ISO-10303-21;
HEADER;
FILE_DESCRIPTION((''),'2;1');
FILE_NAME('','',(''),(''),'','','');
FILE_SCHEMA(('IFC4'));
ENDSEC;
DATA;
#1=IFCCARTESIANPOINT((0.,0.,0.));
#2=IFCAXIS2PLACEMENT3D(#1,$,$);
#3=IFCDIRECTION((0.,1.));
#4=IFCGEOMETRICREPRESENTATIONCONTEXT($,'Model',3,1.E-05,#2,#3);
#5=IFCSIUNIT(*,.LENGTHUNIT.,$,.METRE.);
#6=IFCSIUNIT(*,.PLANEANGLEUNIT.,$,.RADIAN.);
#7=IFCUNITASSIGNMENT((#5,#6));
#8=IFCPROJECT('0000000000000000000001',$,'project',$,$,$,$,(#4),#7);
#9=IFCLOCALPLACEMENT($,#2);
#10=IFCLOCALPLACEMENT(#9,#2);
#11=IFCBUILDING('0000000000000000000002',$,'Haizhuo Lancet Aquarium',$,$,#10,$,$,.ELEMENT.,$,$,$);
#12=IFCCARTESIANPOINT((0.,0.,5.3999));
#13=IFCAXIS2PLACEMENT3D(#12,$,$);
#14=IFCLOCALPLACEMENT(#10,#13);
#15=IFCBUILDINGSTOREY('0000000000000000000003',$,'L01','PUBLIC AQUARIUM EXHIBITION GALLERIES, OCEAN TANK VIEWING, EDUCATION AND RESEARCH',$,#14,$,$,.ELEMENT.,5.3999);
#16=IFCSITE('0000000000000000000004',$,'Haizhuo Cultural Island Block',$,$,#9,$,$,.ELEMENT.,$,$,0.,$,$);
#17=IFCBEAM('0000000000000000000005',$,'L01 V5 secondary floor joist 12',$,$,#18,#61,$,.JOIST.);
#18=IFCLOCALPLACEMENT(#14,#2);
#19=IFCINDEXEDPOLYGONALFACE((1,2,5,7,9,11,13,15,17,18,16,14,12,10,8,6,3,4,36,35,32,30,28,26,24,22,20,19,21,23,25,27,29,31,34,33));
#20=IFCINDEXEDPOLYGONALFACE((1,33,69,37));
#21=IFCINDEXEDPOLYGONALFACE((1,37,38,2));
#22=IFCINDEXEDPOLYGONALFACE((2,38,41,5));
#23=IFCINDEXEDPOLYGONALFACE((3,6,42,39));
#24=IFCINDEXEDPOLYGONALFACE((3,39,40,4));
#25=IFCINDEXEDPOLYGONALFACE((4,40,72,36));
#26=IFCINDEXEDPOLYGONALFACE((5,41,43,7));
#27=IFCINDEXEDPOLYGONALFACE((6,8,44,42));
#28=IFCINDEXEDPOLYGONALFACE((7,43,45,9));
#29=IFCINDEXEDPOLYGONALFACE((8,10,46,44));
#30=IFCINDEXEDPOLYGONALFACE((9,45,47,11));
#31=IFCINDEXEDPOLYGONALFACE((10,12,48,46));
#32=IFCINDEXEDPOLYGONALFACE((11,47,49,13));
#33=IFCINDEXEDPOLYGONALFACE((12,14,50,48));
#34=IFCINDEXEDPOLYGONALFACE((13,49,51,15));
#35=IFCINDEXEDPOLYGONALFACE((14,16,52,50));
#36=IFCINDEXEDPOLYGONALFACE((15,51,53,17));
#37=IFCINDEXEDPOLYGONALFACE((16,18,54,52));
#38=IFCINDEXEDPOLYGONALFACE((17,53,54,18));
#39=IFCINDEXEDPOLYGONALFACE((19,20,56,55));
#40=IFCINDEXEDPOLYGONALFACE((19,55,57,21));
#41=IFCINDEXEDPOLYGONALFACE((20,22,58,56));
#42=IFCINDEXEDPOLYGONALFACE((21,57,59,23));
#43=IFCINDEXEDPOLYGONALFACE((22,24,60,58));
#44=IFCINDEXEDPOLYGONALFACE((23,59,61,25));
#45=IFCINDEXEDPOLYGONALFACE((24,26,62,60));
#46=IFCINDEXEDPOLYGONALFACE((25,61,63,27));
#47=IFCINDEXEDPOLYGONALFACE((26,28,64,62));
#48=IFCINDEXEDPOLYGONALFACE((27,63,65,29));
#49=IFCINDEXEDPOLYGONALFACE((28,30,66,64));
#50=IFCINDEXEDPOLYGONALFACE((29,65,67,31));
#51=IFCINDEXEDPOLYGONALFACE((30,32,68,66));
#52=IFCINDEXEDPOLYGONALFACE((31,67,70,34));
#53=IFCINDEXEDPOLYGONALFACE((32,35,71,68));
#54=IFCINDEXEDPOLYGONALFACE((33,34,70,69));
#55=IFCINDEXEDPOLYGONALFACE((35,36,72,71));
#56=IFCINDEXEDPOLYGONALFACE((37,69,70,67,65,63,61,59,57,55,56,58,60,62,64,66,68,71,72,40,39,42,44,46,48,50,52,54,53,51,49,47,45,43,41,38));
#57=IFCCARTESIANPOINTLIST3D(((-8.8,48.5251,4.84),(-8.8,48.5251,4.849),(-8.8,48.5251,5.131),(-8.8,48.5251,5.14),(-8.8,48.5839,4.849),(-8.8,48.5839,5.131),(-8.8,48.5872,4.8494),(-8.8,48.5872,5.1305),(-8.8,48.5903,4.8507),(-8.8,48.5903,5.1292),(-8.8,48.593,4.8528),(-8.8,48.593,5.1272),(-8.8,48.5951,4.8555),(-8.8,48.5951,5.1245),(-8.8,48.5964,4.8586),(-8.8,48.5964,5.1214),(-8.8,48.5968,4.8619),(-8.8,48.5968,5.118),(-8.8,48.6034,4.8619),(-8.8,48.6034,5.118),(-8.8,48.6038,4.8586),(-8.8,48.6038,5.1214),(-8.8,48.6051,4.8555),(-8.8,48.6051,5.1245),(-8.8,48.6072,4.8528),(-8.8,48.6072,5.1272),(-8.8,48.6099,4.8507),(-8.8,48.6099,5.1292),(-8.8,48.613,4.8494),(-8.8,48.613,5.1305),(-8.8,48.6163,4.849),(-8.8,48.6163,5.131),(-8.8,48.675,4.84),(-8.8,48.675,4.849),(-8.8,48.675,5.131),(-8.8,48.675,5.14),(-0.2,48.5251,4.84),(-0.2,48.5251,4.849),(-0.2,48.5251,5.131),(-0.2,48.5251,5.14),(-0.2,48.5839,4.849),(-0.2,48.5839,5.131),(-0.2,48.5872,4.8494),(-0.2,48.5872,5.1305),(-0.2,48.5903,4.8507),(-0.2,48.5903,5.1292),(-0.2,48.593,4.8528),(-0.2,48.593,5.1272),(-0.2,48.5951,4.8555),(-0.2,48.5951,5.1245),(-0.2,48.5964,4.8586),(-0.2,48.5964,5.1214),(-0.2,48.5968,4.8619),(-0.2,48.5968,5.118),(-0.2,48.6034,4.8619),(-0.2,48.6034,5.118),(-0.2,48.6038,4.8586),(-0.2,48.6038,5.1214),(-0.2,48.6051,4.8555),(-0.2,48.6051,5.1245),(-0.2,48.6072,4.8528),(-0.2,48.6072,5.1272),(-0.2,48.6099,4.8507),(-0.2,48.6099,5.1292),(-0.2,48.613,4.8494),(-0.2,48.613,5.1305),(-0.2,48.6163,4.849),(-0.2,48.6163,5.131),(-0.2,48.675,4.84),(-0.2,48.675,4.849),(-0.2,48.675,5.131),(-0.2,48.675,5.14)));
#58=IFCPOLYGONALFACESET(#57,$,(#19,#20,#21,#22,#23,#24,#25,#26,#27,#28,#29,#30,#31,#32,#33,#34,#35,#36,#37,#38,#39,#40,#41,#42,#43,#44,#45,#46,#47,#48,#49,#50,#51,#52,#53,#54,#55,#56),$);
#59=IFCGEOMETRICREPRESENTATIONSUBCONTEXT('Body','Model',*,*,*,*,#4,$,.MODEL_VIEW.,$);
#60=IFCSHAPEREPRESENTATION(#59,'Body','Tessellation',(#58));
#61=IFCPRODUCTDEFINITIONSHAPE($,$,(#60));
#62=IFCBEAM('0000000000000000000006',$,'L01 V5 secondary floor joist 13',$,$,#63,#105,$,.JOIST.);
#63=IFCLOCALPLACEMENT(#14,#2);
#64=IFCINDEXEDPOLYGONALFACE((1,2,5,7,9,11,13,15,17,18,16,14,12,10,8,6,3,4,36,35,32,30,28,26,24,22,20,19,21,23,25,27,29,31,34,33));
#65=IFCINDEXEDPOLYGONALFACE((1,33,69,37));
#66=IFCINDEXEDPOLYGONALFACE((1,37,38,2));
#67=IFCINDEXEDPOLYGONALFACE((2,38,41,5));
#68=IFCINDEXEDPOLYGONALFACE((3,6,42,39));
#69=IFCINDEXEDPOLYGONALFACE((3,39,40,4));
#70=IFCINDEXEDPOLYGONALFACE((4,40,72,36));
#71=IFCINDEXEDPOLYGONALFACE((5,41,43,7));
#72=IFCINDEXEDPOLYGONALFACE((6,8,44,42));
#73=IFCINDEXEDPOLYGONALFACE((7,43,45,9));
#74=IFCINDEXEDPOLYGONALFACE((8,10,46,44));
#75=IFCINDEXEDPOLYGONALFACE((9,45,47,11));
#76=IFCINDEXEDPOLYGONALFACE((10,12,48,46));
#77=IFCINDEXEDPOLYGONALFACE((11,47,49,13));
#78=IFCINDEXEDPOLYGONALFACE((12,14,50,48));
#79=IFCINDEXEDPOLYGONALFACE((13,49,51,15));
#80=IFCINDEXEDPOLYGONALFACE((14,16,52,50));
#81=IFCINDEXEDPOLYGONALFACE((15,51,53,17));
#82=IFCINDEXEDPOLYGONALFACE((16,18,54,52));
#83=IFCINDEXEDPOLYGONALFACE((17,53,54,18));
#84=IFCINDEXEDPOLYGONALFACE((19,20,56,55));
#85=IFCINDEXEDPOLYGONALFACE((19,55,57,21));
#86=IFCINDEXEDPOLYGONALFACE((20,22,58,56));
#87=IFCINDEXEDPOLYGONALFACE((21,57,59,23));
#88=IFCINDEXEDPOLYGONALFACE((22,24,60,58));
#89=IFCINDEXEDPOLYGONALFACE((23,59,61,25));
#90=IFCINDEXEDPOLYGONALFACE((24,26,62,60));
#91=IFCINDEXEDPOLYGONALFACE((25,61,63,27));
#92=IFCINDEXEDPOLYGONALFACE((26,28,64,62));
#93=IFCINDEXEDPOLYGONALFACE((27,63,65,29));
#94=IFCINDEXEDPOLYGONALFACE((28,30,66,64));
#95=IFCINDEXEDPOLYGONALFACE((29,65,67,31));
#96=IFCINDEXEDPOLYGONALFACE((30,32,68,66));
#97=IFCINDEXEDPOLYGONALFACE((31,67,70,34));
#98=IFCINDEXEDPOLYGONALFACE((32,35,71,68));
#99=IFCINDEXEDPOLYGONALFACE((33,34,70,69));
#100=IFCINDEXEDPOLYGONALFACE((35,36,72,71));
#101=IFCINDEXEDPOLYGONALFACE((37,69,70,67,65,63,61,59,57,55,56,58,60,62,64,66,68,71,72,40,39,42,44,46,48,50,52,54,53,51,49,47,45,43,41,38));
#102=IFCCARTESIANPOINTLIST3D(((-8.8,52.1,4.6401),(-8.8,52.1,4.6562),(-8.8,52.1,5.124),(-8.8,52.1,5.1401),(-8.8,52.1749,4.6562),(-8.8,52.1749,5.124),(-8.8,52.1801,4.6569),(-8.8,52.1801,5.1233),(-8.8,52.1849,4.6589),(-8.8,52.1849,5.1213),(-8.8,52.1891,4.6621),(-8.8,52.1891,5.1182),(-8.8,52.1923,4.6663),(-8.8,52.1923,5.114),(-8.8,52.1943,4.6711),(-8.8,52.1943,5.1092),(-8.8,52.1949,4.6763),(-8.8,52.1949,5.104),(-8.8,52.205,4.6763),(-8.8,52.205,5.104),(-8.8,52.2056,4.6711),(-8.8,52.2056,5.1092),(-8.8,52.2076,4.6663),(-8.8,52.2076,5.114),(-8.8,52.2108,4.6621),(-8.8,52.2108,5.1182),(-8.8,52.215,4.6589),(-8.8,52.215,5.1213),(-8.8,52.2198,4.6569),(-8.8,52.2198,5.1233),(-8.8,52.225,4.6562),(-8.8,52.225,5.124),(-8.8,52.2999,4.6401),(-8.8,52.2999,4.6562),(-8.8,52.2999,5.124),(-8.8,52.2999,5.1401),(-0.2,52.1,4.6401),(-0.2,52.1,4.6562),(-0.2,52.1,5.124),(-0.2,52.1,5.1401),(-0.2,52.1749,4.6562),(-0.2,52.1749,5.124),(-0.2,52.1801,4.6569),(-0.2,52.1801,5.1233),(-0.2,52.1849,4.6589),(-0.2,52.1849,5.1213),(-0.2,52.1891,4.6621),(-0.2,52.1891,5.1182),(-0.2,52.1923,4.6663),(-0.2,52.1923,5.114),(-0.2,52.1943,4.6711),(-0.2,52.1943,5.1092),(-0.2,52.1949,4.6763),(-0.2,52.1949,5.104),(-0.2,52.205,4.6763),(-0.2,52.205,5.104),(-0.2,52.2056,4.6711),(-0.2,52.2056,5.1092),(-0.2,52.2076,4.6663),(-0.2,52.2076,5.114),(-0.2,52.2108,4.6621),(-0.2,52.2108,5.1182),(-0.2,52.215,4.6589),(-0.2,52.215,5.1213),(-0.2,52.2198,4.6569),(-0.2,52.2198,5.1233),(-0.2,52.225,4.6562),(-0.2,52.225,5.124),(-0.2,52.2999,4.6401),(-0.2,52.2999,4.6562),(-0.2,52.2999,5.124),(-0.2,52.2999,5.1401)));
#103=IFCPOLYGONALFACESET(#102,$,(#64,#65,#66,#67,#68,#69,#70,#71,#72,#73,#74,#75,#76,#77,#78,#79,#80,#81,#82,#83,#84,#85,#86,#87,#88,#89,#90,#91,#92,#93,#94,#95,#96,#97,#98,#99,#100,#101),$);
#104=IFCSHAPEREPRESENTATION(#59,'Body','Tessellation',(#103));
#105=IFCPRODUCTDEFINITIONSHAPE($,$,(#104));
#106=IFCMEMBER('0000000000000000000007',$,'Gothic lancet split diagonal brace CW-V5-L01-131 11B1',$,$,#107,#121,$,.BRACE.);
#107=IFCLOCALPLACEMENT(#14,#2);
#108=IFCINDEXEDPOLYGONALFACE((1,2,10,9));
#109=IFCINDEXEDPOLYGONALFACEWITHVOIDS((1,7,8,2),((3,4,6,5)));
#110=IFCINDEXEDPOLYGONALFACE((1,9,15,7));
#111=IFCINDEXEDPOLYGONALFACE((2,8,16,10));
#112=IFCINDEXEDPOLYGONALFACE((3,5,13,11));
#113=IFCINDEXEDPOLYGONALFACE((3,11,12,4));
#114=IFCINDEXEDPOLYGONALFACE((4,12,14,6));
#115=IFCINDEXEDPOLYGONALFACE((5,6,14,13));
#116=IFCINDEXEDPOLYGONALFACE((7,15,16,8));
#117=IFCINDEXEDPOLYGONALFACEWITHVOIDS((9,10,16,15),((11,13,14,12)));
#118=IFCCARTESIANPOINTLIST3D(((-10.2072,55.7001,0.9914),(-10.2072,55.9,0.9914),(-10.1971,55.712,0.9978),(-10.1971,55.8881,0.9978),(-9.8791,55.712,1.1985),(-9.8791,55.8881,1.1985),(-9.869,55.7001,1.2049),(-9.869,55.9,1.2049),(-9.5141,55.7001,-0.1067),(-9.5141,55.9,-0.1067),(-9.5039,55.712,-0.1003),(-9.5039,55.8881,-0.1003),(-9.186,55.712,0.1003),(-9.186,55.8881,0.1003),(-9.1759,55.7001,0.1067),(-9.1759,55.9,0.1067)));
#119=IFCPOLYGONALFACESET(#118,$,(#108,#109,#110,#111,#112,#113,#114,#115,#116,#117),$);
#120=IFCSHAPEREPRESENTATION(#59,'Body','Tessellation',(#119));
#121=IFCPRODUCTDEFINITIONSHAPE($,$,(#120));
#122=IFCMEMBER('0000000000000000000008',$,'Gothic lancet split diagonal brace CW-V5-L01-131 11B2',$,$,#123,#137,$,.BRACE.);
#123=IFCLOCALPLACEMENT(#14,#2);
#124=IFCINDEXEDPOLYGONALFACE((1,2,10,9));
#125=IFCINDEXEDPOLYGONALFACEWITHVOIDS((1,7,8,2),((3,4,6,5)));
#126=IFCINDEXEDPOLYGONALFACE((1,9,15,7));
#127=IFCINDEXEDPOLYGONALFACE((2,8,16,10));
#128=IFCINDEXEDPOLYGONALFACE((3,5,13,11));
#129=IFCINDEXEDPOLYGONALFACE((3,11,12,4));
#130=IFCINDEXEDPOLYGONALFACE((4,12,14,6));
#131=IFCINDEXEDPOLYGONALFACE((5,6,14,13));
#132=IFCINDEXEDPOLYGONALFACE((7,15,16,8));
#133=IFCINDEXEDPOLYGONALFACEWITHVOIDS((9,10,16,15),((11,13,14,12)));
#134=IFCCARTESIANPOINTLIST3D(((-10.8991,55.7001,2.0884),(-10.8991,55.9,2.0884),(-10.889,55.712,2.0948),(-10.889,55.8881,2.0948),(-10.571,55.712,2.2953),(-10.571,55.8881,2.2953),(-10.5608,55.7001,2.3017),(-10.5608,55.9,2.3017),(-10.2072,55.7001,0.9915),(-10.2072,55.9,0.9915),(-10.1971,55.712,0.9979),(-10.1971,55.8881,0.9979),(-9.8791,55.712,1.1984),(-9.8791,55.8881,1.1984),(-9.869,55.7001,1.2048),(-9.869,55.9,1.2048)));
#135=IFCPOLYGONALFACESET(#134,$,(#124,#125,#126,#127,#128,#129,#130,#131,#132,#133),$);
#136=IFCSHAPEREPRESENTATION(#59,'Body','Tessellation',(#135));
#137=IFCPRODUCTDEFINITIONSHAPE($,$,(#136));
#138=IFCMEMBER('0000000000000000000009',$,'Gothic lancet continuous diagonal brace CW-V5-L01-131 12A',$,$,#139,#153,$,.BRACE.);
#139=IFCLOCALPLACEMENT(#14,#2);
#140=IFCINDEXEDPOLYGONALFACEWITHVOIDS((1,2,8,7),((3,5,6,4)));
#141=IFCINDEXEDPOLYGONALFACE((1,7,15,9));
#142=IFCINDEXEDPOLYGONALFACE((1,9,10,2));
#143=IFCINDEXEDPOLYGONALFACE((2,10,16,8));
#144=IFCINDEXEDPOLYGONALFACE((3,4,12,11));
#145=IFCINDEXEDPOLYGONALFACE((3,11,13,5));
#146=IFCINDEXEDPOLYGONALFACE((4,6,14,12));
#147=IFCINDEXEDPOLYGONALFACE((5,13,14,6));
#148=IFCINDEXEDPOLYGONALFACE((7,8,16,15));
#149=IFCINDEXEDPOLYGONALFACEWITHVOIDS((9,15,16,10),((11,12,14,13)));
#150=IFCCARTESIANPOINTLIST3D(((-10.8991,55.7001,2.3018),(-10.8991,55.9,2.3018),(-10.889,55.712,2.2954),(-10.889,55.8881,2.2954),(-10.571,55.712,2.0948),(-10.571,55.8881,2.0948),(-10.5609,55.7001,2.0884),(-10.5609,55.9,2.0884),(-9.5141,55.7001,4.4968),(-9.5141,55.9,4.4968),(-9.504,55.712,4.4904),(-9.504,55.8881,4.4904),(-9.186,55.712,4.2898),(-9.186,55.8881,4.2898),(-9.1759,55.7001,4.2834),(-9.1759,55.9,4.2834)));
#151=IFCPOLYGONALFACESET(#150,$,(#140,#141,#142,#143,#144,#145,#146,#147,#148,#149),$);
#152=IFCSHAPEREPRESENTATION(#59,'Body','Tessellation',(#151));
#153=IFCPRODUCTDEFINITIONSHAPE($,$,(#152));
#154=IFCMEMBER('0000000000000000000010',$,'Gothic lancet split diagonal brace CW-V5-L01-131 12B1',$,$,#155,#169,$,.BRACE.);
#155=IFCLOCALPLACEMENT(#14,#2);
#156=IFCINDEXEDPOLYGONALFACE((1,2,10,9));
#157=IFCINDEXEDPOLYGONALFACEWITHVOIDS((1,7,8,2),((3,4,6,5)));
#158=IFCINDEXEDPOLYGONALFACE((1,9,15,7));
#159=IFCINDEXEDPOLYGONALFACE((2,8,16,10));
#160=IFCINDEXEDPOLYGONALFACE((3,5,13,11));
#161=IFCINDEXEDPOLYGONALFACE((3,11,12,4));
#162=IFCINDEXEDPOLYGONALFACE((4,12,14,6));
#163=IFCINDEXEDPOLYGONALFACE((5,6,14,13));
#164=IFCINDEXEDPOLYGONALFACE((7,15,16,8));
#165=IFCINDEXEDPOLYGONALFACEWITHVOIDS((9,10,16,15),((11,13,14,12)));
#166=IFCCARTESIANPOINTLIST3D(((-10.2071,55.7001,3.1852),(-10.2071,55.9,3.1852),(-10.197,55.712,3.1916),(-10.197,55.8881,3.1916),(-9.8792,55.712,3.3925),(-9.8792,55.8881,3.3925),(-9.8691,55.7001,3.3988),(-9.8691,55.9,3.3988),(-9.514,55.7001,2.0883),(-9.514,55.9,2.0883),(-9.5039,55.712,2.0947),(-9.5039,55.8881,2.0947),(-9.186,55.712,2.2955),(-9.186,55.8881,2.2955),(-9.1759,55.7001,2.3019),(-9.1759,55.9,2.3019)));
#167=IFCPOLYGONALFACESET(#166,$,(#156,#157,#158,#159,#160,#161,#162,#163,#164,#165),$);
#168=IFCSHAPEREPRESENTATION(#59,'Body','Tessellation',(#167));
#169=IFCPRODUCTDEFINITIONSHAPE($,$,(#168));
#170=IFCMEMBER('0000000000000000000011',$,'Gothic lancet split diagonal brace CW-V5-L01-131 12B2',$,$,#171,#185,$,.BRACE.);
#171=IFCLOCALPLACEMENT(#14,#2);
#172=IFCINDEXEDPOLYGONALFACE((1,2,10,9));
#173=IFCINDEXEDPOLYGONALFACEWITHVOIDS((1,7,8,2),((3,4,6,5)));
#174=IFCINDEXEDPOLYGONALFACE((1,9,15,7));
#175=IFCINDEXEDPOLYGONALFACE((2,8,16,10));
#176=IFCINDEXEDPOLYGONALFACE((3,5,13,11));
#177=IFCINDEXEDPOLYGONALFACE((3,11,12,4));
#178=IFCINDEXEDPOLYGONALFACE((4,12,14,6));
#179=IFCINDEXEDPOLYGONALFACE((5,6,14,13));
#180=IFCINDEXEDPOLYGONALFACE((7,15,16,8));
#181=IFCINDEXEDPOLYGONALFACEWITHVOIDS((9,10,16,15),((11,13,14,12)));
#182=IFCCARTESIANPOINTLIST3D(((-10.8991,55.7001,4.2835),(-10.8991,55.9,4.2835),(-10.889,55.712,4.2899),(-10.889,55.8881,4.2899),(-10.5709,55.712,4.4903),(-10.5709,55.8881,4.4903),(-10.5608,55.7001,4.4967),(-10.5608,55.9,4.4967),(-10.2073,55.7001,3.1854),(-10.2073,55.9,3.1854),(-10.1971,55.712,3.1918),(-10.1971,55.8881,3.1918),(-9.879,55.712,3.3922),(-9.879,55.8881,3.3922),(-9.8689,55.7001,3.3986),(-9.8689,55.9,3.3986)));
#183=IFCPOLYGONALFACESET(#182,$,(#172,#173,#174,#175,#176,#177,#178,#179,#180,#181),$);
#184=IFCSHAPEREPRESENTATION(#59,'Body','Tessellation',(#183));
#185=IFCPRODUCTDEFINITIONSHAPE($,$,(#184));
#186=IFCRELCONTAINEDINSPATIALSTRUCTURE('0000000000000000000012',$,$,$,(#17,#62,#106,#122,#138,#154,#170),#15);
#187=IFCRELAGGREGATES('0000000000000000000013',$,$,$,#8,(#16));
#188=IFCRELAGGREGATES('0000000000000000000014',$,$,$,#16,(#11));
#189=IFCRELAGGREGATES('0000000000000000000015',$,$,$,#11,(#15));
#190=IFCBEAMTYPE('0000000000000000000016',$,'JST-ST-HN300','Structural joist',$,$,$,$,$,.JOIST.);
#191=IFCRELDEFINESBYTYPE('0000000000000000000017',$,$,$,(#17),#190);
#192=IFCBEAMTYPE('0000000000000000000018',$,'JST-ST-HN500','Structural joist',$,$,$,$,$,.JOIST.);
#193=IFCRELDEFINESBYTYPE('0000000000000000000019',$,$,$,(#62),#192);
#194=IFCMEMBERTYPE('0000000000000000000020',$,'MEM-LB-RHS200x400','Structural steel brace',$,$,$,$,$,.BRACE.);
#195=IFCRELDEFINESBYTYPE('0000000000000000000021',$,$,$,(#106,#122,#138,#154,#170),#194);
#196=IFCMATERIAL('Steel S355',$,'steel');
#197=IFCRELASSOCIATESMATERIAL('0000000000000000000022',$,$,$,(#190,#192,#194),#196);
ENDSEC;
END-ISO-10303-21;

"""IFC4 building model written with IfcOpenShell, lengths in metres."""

from ifc_helpers import new_model, si_unit, direction, frame, origin, origin_2d, place, context, subcontext, project, spatial, hollow_rectangle, i_section, extrude, material, material_profile, profile_set, type_object, element, save


model = new_model("IFC4")

# Units and contexts
model_context = context("Model", 3, precision=1e-05, world=origin(), true_north=direction((0.0, 1.0)))
body_context = subcontext(model_context, "Body", "Model", "MODEL_VIEW")
ifc_project = project(units=[si_unit("LENGTHUNIT", "METRE"), si_unit("PLANEANGLEUNIT", "RADIAN")], contexts=[model_context])

# Site, building, storey
site_placement = place(None, origin())
site = spatial("IfcSite", under=ifc_project, at=site_placement, Name="Haizhuo Cultural Island Block", CompositionType="ELEMENT", RefElevation=0.0)
building_placement = place(site_placement, origin())
building = spatial("IfcBuilding", under=site, at=building_placement, Name="Haizhuo Lancet Aquarium", CompositionType="ELEMENT")
storey_placement = place(building_placement, frame((0.0, 0.0, 5.3999)))
storey = spatial("IfcBuildingStorey", under=building, at=storey_placement, Name="L01", Description="PUBLIC AQUARIUM EXHIBITION GALLERIES, OCEAN TANK VIEWING, EDUCATION AND RESEARCH", CompositionType="ELEMENT", Elevation=5.3999)

# Beams
ifc_material_1 = material(Name="Steel S355", Category="steel")
ifc_material_profile_1 = material_profile(ifc_material_1, i_section(OverallWidth=0.1499, OverallDepth=0.3, WebThickness=0.0066, FlangeThickness=0.009, FilletRadius=0.0129, at=origin_2d()), Name="HN 300x150x6.5x9")
ifc_profile_set_1 = profile_set([ifc_material_profile_1], Name="Steel S355")
beam_type_1 = type_object("IfcBeamType", Name="JST-ST-HN300", Description="Structural joist", PredefinedType="JOIST", material=ifc_profile_set_1)
beam_1_placement = place(storey_placement, frame((-8.8, 48.6001, 4.99), z_axis=(1.0, 0.0, 0.0), x_axis=(0.0, 1.0, 0.0)))
element("IfcBeam", 1, at=beam_1_placement, inside=storey, type_object=beam_type_1, Name="L01 V5 secondary floor joist 12", PredefinedType="JOIST", context=body_context, shape_type="SweptSolid", body=[
    extrude(i_section(OverallWidth=0.1499, OverallDepth=0.3, WebThickness=0.0066, FlangeThickness=0.009, FilletRadius=0.0129, at=origin_2d()), origin(), (0.0, 0.0, 1.0), 8.6001),
])
ifc_material_profile_2 = material_profile(ifc_material_1, i_section(OverallWidth=0.2, OverallDepth=0.5, WebThickness=0.01, FlangeThickness=0.0161, FilletRadius=0.02, at=origin_2d()), Name="HN 500x200x10x16")
ifc_profile_set_2 = profile_set([ifc_material_profile_2], Name="Steel S355")
beam_type_2 = type_object("IfcBeamType", Name="JST-ST-HN500", Description="Structural joist", PredefinedType="JOIST", material=ifc_profile_set_2)
beam_2_placement = place(storey_placement, frame((-8.8, 52.2, 4.8901), z_axis=(1.0, 0.0, 0.0), x_axis=(0.0, 1.0, 0.0)))
element("IfcBeam", 2, at=beam_2_placement, inside=storey, type_object=beam_type_2, Name="L01 V5 secondary floor joist 13", PredefinedType="JOIST", context=body_context, shape_type="SweptSolid", body=[
    extrude(i_section(OverallWidth=0.2, OverallDepth=0.5, WebThickness=0.01, FlangeThickness=0.0161, FilletRadius=0.02, at=origin_2d()), origin(), (0.0, 0.0, 1.0), 8.6001),
])

# Members
ifc_material_profile_3 = material_profile(ifc_material_1, hollow_rectangle(XDim=0.2, YDim=0.3999, WallThickness=0.012, at=origin_2d()), Name="RHS 200x400x12")
ifc_profile_set_3 = profile_set([ifc_material_profile_3], Name="Steel S355")
member_type_1 = type_object("IfcMemberType", Name="MEM-LB-RHS200x400", Description="Structural steel brace", PredefinedType="BRACE", material=ifc_profile_set_3)
member_1_placement = place(storey_placement, frame((-9.345, 55.8, 0.0), z_axis=(-0.533745, 0.0, 0.845645), x_axis=(0.0, -1.0, 0.0)))
element("IfcMember", 3, at=member_1_placement, inside=storey, type_object=member_type_1, Name="Gothic lancet split diagonal brace CW-V5-L01-131 11B1", PredefinedType="BRACE", context=body_context, shape_type="SweptSolid", body=[
    extrude(hollow_rectangle(XDim=0.2, YDim=0.3999, WallThickness=0.012, at=origin_2d()), origin(), (0.0, 0.0, 1.0), 1.2986),
])
member_2_placement = place(storey_placement, frame((-10.0381, 55.8, 1.0981), z_axis=(-0.533497, 0.0, 0.845802), x_axis=(0.0, -1.0, 0.0)))
element("IfcMember", 4, at=member_2_placement, inside=storey, type_object=member_type_1, Name="Gothic lancet split diagonal brace CW-V5-L01-131 11B2", PredefinedType="BRACE", context=body_context, shape_type="SweptSolid", body=[
    extrude(hollow_rectangle(XDim=0.2, YDim=0.3999, WallThickness=0.012, at=origin_2d()), origin(), (0.0, 0.0, 1.0), 1.2969),
])
member_3_placement = place(storey_placement, frame((-10.73, 55.8, 2.1951), z_axis=(0.533621, 0.0, 0.845724), x_axis=(0.0, 1.0, 0.0)))
element("IfcMember", 5, at=member_3_placement, inside=storey, type_object=member_type_1, Name="Gothic lancet continuous diagonal brace CW-V5-L01-131 12A", PredefinedType="BRACE", context=body_context, shape_type="SweptSolid", body=[
    extrude(hollow_rectangle(XDim=0.2, YDim=0.3999, WallThickness=0.012, at=origin_2d()), origin(), (0.0, 0.0, 1.0), 2.5955),
])
member_4_placement = place(storey_placement, frame((-9.345, 55.8, 2.1951), z_axis=(-0.53417, 0.0, 0.845377), x_axis=(0.0, -1.0, 0.0)))
element("IfcMember", 6, at=member_4_placement, inside=storey, type_object=member_type_1, Name="Gothic lancet split diagonal brace CW-V5-L01-131 12B1", PredefinedType="BRACE", context=body_context, shape_type="SweptSolid", body=[
    extrude(hollow_rectangle(XDim=0.2, YDim=0.3999, WallThickness=0.012, at=origin_2d()), origin(), (0.0, 0.0, 1.0), 1.2976),
])
member_5_placement = place(storey_placement, frame((-10.0381, 55.8, 3.292), z_axis=(-0.533073, 0.0, 0.846069), x_axis=(0.0, -1.0, 0.0)))
element("IfcMember", 7, at=member_5_placement, inside=storey, type_object=member_type_1, Name="Gothic lancet split diagonal brace CW-V5-L01-131 12B2", PredefinedType="BRACE", context=body_context, shape_type="SweptSolid", body=[
    extrude(hollow_rectangle(XDim=0.2, YDim=0.3999, WallThickness=0.012, at=origin_2d()), origin(), (0.0, 0.0, 1.0), 1.2979),
])

save(model, "model.ifc")
